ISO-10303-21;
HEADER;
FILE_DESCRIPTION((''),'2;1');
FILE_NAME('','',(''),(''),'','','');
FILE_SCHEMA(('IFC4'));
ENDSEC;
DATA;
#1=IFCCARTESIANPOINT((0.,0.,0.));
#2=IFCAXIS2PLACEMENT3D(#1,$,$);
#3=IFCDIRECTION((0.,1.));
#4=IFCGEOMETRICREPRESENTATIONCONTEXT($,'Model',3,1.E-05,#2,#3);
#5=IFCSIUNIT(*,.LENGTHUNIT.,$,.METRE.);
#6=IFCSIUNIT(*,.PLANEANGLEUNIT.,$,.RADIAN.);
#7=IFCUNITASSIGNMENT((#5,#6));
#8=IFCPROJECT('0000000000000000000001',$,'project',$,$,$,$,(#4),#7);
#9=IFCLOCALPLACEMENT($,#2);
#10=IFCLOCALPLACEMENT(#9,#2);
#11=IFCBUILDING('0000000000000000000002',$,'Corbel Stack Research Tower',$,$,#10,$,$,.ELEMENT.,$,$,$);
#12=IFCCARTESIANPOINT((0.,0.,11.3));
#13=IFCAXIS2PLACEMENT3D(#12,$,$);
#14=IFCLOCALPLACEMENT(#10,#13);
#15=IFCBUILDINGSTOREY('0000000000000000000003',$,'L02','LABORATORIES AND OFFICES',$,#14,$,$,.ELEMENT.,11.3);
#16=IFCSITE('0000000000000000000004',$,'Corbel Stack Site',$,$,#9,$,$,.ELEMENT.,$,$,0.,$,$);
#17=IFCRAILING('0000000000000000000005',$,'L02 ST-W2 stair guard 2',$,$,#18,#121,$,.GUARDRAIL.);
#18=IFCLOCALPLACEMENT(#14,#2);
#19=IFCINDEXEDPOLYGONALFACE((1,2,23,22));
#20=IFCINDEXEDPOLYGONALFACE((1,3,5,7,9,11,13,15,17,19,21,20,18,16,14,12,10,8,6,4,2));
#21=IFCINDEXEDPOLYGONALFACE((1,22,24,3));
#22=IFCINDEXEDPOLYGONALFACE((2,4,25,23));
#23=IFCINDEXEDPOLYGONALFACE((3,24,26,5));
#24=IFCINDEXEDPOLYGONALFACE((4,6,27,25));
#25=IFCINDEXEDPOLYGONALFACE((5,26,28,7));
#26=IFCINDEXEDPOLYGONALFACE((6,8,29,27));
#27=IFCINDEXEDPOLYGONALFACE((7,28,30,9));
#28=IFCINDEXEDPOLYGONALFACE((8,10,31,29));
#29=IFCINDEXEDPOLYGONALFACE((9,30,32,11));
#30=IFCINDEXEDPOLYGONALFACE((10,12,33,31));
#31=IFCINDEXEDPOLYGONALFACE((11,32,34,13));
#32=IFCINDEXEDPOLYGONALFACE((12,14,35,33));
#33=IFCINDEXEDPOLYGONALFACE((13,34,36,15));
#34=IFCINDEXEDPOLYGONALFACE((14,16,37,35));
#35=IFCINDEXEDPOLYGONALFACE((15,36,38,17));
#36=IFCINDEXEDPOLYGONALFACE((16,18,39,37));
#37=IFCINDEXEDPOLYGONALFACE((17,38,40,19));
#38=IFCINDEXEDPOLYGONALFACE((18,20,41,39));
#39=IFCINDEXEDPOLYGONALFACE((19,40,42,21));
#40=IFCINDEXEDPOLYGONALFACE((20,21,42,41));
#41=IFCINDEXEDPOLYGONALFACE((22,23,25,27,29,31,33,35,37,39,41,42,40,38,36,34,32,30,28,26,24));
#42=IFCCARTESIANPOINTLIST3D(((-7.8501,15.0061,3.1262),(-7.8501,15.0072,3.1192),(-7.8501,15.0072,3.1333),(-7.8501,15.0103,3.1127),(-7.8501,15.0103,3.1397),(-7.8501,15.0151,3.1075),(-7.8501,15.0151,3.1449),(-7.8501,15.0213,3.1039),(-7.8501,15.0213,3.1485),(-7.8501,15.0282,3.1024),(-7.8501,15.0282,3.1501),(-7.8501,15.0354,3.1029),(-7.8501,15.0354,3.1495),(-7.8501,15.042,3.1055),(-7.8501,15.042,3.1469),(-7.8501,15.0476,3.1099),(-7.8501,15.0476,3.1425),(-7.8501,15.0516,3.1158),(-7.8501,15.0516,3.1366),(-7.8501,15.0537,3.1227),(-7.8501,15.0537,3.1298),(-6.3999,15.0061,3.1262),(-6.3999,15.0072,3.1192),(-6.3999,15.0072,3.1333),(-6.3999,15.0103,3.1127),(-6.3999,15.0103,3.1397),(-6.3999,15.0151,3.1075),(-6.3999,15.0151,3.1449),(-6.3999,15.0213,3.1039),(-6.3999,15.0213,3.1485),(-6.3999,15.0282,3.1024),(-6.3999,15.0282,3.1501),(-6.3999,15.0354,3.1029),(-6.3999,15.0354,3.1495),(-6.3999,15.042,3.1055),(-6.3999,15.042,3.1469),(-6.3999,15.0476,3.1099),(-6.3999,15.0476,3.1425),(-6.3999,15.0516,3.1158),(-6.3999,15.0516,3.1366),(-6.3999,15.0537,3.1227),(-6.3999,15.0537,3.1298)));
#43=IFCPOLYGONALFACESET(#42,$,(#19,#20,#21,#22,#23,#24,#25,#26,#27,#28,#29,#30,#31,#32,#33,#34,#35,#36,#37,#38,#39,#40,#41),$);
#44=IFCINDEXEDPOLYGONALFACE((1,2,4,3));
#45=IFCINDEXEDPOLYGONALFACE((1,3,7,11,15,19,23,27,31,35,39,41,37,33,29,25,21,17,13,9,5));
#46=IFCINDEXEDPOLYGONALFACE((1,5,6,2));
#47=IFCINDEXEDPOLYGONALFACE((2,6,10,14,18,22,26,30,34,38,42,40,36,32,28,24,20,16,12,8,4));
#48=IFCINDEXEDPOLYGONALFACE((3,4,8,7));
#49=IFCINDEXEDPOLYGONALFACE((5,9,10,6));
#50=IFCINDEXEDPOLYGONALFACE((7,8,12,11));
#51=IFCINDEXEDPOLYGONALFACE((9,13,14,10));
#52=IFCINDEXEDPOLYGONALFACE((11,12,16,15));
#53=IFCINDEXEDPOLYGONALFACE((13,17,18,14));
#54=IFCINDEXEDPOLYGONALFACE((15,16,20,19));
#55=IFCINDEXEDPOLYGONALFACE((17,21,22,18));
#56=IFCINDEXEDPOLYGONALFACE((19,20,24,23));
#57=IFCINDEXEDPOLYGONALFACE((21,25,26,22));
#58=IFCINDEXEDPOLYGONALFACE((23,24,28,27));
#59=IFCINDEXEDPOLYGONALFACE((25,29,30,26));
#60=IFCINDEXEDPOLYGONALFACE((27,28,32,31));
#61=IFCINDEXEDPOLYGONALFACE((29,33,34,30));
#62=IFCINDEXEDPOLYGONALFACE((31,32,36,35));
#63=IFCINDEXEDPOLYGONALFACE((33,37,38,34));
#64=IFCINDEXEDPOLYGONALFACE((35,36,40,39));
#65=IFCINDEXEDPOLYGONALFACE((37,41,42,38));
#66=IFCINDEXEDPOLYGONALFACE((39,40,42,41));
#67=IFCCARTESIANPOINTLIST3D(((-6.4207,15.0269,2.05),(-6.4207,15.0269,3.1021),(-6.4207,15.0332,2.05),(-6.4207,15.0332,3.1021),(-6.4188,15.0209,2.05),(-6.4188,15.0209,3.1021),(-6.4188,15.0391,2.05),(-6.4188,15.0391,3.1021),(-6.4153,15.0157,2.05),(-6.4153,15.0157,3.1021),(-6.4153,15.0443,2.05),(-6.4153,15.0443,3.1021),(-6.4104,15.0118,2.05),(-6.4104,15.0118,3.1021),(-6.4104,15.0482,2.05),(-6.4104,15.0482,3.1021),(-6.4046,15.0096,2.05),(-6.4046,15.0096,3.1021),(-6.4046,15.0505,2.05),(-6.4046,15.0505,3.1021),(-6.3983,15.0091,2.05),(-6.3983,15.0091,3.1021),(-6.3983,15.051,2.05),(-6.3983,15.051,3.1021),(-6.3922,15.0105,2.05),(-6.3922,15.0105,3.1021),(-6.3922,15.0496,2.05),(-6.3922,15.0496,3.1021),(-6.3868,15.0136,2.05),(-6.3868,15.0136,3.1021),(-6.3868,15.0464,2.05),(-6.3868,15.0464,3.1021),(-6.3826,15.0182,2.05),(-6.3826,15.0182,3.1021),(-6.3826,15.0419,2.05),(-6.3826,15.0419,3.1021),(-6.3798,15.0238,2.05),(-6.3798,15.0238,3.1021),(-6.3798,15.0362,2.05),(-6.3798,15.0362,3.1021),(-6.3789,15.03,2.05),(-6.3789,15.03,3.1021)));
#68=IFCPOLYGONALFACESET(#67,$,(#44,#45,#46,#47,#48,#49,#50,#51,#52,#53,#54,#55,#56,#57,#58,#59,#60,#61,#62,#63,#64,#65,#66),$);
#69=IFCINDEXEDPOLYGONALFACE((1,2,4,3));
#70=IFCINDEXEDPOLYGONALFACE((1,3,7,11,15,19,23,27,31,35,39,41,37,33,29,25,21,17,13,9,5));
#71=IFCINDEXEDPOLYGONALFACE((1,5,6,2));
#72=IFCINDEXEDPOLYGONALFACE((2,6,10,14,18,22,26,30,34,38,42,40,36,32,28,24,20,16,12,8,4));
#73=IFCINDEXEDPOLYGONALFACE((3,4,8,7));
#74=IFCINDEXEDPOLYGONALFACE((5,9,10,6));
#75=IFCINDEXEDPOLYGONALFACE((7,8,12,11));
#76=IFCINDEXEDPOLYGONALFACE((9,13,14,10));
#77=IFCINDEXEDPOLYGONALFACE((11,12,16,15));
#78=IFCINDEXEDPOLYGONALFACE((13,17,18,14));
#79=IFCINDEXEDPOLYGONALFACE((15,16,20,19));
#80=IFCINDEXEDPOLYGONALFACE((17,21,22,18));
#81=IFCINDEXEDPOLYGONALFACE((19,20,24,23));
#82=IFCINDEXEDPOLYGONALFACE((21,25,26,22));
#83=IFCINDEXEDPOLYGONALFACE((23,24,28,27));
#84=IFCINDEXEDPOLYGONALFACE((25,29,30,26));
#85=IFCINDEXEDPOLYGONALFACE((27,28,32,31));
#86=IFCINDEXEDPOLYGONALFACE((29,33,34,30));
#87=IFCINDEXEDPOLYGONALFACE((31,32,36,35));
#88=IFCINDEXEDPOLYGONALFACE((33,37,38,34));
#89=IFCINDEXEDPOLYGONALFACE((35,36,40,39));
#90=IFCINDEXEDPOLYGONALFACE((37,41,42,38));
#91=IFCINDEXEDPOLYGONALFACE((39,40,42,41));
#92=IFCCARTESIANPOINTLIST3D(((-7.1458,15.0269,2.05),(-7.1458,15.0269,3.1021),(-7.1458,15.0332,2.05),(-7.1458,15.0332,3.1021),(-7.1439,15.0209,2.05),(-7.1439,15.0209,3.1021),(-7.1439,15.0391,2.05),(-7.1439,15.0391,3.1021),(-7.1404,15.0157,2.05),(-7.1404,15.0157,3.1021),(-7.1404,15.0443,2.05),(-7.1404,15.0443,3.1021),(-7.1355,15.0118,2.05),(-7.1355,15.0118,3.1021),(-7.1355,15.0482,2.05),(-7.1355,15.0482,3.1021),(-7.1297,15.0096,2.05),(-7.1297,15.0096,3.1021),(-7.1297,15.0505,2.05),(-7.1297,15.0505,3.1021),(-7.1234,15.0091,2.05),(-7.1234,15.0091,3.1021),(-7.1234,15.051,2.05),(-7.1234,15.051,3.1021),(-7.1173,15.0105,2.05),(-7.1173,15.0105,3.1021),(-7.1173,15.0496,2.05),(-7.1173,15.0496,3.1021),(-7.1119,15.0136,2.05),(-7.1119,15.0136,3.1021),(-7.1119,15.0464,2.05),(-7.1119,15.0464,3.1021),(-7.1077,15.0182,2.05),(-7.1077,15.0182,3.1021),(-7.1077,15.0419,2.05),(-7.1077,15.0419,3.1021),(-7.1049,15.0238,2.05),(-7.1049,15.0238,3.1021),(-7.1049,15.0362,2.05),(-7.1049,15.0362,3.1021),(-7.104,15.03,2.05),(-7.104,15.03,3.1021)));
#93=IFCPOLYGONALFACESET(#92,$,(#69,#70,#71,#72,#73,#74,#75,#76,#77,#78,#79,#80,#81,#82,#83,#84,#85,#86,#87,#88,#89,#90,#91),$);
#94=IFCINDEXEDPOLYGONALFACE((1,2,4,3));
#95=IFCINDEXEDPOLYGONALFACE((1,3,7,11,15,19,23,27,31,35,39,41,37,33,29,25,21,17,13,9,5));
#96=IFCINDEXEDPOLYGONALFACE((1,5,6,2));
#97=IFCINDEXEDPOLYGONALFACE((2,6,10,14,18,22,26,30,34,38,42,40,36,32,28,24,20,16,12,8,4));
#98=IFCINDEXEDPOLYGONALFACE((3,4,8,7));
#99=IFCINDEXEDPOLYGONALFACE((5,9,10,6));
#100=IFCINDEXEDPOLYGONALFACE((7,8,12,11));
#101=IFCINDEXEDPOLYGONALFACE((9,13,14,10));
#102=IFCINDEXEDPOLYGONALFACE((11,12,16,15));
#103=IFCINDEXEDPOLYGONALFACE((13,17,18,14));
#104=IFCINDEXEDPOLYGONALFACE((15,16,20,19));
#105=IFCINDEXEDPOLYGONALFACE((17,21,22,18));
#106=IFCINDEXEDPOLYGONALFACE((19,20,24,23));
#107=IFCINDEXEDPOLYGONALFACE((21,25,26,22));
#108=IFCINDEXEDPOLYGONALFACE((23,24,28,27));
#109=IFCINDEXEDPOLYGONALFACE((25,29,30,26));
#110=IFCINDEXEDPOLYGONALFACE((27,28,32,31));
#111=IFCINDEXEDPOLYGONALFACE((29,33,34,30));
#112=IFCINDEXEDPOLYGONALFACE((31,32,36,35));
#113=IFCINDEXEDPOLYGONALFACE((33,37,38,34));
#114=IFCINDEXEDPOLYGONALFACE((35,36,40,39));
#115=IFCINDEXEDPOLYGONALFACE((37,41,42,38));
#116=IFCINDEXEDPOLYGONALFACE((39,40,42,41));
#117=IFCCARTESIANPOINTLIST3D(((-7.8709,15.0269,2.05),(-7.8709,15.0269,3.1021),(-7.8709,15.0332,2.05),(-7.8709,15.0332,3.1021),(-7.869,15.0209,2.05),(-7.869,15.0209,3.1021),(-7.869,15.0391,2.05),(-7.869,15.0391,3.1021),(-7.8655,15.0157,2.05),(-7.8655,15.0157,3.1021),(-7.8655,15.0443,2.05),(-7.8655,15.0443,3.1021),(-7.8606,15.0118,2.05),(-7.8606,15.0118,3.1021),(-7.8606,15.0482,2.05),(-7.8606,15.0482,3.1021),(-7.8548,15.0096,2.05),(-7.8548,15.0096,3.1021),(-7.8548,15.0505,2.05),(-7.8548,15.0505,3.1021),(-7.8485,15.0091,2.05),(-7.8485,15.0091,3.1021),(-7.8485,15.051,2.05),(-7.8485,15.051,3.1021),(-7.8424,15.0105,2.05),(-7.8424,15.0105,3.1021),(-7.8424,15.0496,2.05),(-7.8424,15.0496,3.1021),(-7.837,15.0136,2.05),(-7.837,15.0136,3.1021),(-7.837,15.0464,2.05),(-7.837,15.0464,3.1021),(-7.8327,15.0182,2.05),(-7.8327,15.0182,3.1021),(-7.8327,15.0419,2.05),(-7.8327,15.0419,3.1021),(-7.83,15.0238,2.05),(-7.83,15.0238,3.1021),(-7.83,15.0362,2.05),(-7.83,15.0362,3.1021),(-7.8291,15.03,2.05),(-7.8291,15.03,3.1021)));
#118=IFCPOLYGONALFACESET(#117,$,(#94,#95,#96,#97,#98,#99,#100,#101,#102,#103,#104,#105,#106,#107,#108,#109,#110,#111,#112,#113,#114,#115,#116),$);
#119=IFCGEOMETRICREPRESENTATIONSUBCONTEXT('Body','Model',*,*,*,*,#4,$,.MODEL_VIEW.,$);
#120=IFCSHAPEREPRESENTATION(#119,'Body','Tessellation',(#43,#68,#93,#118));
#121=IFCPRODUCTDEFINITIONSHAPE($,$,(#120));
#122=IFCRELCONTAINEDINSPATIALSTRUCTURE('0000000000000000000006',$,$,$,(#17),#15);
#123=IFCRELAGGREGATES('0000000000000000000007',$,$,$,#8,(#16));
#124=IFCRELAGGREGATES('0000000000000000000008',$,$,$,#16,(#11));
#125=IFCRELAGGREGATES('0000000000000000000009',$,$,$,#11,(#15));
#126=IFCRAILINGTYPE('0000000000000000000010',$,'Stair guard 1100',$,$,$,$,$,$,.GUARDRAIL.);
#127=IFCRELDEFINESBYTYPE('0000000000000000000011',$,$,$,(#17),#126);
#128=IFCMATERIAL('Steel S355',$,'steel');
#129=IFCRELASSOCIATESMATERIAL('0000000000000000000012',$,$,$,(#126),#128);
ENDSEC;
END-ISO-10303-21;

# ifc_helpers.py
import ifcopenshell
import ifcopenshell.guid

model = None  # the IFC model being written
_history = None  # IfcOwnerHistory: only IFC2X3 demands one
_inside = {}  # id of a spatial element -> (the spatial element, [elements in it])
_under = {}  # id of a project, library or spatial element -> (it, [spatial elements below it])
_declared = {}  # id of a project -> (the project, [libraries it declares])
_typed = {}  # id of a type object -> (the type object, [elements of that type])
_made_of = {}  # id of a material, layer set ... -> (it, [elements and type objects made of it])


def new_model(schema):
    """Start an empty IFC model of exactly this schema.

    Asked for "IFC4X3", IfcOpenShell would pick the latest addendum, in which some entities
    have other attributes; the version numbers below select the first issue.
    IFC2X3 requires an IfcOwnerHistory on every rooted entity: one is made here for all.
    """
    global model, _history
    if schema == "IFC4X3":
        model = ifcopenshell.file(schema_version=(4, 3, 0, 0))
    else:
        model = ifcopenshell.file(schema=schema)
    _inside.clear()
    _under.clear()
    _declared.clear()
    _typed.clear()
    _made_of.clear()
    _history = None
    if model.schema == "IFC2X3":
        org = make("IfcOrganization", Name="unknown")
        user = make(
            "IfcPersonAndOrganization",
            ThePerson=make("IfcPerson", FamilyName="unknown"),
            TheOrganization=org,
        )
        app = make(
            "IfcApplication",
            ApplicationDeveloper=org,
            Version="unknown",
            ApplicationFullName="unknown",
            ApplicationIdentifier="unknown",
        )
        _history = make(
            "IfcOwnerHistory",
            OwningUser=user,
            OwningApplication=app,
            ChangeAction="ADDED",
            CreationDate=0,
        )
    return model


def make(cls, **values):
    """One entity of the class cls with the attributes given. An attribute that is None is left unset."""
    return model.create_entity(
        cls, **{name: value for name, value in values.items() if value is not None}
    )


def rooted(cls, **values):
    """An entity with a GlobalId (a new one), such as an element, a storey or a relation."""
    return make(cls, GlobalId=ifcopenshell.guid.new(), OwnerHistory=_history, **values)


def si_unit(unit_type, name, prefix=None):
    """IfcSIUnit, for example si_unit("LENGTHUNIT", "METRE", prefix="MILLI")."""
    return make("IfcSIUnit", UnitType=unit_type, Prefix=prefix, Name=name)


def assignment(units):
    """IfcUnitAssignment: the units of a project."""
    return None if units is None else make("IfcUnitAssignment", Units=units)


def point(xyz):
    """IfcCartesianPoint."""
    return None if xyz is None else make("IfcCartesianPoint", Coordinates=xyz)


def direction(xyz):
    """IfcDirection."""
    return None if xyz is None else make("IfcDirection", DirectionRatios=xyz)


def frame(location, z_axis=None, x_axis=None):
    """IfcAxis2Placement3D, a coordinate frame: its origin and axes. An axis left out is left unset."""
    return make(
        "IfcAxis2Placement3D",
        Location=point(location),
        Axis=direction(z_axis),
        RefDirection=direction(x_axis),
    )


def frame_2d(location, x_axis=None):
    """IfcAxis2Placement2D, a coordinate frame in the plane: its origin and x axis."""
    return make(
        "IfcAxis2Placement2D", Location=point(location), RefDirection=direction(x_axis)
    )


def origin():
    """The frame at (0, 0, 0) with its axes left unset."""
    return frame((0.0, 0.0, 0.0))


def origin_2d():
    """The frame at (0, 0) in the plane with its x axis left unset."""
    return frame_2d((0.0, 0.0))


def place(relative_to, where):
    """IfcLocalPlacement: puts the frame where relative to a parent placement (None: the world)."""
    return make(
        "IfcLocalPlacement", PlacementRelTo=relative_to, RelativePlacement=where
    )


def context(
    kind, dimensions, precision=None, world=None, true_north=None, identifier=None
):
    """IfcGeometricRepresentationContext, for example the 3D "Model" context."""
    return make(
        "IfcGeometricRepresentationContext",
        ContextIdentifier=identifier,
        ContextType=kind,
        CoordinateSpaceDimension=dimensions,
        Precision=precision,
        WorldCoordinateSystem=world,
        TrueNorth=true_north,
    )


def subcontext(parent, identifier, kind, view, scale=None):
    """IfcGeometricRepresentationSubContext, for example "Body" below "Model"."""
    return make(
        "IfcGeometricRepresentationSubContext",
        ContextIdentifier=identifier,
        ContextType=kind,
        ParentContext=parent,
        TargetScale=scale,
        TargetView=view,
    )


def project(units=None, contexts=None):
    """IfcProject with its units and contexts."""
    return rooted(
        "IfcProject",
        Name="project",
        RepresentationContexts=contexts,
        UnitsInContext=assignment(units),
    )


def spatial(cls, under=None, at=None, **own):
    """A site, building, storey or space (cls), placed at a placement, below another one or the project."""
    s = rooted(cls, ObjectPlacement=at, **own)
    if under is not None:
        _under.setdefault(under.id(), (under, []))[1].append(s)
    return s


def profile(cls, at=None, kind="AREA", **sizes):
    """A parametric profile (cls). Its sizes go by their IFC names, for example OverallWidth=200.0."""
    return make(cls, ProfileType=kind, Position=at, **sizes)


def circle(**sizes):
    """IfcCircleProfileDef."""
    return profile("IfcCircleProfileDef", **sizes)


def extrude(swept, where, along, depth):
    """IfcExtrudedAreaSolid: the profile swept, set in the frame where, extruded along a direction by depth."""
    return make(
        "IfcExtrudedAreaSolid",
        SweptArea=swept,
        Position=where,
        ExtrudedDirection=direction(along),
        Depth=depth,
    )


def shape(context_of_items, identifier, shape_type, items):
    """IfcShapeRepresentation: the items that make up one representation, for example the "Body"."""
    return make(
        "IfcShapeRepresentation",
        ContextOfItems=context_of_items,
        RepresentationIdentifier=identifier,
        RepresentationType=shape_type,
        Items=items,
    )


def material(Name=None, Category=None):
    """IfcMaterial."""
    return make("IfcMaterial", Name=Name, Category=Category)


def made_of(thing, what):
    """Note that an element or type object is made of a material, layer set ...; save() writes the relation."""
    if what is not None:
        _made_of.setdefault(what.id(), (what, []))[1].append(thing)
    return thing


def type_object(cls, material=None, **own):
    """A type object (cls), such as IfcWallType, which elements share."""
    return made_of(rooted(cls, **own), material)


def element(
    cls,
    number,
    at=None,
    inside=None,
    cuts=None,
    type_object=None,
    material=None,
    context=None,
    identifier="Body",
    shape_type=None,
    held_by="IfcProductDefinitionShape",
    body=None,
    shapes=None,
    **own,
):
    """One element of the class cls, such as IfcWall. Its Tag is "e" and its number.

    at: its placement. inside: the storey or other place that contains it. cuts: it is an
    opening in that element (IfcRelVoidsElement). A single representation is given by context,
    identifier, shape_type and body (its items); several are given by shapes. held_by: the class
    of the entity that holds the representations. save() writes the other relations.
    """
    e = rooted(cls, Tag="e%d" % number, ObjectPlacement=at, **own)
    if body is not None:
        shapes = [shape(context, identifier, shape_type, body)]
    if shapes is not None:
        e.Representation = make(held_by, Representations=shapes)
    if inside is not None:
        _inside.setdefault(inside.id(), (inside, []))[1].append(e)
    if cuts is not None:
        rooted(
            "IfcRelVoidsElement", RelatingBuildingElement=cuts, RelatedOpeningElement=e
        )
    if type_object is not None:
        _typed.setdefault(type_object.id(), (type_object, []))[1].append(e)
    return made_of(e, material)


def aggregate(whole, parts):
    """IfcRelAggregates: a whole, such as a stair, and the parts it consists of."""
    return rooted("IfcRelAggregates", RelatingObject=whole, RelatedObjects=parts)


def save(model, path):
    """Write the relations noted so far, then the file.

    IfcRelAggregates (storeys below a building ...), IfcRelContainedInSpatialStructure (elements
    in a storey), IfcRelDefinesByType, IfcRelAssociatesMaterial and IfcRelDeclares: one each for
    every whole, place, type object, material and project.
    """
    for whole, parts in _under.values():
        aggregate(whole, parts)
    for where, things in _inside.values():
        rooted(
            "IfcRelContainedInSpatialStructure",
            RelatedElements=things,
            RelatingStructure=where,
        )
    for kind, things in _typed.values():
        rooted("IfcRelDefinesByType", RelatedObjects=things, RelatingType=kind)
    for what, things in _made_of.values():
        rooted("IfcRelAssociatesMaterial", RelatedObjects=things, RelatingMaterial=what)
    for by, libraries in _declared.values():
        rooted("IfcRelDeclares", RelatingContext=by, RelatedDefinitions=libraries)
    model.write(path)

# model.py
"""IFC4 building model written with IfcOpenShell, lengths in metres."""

from ifc_helpers import new_model, si_unit, direction, frame, origin, origin_2d, place, context, subcontext, project, spatial, circle, extrude, material, type_object, element, save


model = new_model("IFC4")

# Units and contexts
model_context = context("Model", 3, precision=1e-05, world=origin(), true_north=direction((0.0, 1.0)))
body_context = subcontext(model_context, "Body", "Model", "MODEL_VIEW")
ifc_project = project(units=[si_unit("LENGTHUNIT", "METRE"), si_unit("PLANEANGLEUNIT", "RADIAN")], contexts=[model_context])

# Site, building, storey
site_placement = place(None, origin())
site = spatial("IfcSite", under=ifc_project, at=site_placement, Name="Corbel Stack Site", CompositionType="ELEMENT", RefElevation=0.0)
building_placement = place(site_placement, origin())
building = spatial("IfcBuilding", under=site, at=building_placement, Name="Corbel Stack Research Tower", CompositionType="ELEMENT")
storey_placement = place(building_placement, frame((0.0, 0.0, 11.3)))
storey = spatial("IfcBuildingStorey", under=building, at=storey_placement, Name="L02", Description="LABORATORIES AND OFFICES", CompositionType="ELEMENT", Elevation=11.3)

# Railing
ifc_material_1 = material(Name="Steel S355", Category="steel")
railing_type_1 = type_object("IfcRailingType", Name="Stair guard 1100", PredefinedType="GUARDRAIL", material=ifc_material_1)
railing_1_placement = place(storey_placement, frame((-6.3999, 15.03, 2.05)))
element("IfcRailing", 1, at=railing_1_placement, inside=storey, type_object=railing_type_1, Name="L02 ST-W2 stair guard 2", PredefinedType="GUARDRAIL", context=body_context, shape_type="SweptSolid", body=[
    extrude(circle(Radius=0.0239, at=origin_2d()), frame((0.0, 0.0, 1.0762), z_axis=(-1.0, 0.0, 0.0), x_axis=(0.0, -1.0, 0.0)), (0.0, 0.0, 1.0), 1.4502),
    extrude(circle(Radius=0.021, at=origin_2d()), origin(), (0.0, 0.0, 1.0), 1.052),
    extrude(circle(Radius=0.021, at=origin_2d()), frame((-0.7251, 0.0, 0.0)), (0.0, 0.0, 1.0), 1.052),
    extrude(circle(Radius=0.021, at=origin_2d()), frame((-1.4502, 0.0, 0.0)), (0.0, 0.0, 1.0), 1.052),
])

save(model, "model.ifc")
